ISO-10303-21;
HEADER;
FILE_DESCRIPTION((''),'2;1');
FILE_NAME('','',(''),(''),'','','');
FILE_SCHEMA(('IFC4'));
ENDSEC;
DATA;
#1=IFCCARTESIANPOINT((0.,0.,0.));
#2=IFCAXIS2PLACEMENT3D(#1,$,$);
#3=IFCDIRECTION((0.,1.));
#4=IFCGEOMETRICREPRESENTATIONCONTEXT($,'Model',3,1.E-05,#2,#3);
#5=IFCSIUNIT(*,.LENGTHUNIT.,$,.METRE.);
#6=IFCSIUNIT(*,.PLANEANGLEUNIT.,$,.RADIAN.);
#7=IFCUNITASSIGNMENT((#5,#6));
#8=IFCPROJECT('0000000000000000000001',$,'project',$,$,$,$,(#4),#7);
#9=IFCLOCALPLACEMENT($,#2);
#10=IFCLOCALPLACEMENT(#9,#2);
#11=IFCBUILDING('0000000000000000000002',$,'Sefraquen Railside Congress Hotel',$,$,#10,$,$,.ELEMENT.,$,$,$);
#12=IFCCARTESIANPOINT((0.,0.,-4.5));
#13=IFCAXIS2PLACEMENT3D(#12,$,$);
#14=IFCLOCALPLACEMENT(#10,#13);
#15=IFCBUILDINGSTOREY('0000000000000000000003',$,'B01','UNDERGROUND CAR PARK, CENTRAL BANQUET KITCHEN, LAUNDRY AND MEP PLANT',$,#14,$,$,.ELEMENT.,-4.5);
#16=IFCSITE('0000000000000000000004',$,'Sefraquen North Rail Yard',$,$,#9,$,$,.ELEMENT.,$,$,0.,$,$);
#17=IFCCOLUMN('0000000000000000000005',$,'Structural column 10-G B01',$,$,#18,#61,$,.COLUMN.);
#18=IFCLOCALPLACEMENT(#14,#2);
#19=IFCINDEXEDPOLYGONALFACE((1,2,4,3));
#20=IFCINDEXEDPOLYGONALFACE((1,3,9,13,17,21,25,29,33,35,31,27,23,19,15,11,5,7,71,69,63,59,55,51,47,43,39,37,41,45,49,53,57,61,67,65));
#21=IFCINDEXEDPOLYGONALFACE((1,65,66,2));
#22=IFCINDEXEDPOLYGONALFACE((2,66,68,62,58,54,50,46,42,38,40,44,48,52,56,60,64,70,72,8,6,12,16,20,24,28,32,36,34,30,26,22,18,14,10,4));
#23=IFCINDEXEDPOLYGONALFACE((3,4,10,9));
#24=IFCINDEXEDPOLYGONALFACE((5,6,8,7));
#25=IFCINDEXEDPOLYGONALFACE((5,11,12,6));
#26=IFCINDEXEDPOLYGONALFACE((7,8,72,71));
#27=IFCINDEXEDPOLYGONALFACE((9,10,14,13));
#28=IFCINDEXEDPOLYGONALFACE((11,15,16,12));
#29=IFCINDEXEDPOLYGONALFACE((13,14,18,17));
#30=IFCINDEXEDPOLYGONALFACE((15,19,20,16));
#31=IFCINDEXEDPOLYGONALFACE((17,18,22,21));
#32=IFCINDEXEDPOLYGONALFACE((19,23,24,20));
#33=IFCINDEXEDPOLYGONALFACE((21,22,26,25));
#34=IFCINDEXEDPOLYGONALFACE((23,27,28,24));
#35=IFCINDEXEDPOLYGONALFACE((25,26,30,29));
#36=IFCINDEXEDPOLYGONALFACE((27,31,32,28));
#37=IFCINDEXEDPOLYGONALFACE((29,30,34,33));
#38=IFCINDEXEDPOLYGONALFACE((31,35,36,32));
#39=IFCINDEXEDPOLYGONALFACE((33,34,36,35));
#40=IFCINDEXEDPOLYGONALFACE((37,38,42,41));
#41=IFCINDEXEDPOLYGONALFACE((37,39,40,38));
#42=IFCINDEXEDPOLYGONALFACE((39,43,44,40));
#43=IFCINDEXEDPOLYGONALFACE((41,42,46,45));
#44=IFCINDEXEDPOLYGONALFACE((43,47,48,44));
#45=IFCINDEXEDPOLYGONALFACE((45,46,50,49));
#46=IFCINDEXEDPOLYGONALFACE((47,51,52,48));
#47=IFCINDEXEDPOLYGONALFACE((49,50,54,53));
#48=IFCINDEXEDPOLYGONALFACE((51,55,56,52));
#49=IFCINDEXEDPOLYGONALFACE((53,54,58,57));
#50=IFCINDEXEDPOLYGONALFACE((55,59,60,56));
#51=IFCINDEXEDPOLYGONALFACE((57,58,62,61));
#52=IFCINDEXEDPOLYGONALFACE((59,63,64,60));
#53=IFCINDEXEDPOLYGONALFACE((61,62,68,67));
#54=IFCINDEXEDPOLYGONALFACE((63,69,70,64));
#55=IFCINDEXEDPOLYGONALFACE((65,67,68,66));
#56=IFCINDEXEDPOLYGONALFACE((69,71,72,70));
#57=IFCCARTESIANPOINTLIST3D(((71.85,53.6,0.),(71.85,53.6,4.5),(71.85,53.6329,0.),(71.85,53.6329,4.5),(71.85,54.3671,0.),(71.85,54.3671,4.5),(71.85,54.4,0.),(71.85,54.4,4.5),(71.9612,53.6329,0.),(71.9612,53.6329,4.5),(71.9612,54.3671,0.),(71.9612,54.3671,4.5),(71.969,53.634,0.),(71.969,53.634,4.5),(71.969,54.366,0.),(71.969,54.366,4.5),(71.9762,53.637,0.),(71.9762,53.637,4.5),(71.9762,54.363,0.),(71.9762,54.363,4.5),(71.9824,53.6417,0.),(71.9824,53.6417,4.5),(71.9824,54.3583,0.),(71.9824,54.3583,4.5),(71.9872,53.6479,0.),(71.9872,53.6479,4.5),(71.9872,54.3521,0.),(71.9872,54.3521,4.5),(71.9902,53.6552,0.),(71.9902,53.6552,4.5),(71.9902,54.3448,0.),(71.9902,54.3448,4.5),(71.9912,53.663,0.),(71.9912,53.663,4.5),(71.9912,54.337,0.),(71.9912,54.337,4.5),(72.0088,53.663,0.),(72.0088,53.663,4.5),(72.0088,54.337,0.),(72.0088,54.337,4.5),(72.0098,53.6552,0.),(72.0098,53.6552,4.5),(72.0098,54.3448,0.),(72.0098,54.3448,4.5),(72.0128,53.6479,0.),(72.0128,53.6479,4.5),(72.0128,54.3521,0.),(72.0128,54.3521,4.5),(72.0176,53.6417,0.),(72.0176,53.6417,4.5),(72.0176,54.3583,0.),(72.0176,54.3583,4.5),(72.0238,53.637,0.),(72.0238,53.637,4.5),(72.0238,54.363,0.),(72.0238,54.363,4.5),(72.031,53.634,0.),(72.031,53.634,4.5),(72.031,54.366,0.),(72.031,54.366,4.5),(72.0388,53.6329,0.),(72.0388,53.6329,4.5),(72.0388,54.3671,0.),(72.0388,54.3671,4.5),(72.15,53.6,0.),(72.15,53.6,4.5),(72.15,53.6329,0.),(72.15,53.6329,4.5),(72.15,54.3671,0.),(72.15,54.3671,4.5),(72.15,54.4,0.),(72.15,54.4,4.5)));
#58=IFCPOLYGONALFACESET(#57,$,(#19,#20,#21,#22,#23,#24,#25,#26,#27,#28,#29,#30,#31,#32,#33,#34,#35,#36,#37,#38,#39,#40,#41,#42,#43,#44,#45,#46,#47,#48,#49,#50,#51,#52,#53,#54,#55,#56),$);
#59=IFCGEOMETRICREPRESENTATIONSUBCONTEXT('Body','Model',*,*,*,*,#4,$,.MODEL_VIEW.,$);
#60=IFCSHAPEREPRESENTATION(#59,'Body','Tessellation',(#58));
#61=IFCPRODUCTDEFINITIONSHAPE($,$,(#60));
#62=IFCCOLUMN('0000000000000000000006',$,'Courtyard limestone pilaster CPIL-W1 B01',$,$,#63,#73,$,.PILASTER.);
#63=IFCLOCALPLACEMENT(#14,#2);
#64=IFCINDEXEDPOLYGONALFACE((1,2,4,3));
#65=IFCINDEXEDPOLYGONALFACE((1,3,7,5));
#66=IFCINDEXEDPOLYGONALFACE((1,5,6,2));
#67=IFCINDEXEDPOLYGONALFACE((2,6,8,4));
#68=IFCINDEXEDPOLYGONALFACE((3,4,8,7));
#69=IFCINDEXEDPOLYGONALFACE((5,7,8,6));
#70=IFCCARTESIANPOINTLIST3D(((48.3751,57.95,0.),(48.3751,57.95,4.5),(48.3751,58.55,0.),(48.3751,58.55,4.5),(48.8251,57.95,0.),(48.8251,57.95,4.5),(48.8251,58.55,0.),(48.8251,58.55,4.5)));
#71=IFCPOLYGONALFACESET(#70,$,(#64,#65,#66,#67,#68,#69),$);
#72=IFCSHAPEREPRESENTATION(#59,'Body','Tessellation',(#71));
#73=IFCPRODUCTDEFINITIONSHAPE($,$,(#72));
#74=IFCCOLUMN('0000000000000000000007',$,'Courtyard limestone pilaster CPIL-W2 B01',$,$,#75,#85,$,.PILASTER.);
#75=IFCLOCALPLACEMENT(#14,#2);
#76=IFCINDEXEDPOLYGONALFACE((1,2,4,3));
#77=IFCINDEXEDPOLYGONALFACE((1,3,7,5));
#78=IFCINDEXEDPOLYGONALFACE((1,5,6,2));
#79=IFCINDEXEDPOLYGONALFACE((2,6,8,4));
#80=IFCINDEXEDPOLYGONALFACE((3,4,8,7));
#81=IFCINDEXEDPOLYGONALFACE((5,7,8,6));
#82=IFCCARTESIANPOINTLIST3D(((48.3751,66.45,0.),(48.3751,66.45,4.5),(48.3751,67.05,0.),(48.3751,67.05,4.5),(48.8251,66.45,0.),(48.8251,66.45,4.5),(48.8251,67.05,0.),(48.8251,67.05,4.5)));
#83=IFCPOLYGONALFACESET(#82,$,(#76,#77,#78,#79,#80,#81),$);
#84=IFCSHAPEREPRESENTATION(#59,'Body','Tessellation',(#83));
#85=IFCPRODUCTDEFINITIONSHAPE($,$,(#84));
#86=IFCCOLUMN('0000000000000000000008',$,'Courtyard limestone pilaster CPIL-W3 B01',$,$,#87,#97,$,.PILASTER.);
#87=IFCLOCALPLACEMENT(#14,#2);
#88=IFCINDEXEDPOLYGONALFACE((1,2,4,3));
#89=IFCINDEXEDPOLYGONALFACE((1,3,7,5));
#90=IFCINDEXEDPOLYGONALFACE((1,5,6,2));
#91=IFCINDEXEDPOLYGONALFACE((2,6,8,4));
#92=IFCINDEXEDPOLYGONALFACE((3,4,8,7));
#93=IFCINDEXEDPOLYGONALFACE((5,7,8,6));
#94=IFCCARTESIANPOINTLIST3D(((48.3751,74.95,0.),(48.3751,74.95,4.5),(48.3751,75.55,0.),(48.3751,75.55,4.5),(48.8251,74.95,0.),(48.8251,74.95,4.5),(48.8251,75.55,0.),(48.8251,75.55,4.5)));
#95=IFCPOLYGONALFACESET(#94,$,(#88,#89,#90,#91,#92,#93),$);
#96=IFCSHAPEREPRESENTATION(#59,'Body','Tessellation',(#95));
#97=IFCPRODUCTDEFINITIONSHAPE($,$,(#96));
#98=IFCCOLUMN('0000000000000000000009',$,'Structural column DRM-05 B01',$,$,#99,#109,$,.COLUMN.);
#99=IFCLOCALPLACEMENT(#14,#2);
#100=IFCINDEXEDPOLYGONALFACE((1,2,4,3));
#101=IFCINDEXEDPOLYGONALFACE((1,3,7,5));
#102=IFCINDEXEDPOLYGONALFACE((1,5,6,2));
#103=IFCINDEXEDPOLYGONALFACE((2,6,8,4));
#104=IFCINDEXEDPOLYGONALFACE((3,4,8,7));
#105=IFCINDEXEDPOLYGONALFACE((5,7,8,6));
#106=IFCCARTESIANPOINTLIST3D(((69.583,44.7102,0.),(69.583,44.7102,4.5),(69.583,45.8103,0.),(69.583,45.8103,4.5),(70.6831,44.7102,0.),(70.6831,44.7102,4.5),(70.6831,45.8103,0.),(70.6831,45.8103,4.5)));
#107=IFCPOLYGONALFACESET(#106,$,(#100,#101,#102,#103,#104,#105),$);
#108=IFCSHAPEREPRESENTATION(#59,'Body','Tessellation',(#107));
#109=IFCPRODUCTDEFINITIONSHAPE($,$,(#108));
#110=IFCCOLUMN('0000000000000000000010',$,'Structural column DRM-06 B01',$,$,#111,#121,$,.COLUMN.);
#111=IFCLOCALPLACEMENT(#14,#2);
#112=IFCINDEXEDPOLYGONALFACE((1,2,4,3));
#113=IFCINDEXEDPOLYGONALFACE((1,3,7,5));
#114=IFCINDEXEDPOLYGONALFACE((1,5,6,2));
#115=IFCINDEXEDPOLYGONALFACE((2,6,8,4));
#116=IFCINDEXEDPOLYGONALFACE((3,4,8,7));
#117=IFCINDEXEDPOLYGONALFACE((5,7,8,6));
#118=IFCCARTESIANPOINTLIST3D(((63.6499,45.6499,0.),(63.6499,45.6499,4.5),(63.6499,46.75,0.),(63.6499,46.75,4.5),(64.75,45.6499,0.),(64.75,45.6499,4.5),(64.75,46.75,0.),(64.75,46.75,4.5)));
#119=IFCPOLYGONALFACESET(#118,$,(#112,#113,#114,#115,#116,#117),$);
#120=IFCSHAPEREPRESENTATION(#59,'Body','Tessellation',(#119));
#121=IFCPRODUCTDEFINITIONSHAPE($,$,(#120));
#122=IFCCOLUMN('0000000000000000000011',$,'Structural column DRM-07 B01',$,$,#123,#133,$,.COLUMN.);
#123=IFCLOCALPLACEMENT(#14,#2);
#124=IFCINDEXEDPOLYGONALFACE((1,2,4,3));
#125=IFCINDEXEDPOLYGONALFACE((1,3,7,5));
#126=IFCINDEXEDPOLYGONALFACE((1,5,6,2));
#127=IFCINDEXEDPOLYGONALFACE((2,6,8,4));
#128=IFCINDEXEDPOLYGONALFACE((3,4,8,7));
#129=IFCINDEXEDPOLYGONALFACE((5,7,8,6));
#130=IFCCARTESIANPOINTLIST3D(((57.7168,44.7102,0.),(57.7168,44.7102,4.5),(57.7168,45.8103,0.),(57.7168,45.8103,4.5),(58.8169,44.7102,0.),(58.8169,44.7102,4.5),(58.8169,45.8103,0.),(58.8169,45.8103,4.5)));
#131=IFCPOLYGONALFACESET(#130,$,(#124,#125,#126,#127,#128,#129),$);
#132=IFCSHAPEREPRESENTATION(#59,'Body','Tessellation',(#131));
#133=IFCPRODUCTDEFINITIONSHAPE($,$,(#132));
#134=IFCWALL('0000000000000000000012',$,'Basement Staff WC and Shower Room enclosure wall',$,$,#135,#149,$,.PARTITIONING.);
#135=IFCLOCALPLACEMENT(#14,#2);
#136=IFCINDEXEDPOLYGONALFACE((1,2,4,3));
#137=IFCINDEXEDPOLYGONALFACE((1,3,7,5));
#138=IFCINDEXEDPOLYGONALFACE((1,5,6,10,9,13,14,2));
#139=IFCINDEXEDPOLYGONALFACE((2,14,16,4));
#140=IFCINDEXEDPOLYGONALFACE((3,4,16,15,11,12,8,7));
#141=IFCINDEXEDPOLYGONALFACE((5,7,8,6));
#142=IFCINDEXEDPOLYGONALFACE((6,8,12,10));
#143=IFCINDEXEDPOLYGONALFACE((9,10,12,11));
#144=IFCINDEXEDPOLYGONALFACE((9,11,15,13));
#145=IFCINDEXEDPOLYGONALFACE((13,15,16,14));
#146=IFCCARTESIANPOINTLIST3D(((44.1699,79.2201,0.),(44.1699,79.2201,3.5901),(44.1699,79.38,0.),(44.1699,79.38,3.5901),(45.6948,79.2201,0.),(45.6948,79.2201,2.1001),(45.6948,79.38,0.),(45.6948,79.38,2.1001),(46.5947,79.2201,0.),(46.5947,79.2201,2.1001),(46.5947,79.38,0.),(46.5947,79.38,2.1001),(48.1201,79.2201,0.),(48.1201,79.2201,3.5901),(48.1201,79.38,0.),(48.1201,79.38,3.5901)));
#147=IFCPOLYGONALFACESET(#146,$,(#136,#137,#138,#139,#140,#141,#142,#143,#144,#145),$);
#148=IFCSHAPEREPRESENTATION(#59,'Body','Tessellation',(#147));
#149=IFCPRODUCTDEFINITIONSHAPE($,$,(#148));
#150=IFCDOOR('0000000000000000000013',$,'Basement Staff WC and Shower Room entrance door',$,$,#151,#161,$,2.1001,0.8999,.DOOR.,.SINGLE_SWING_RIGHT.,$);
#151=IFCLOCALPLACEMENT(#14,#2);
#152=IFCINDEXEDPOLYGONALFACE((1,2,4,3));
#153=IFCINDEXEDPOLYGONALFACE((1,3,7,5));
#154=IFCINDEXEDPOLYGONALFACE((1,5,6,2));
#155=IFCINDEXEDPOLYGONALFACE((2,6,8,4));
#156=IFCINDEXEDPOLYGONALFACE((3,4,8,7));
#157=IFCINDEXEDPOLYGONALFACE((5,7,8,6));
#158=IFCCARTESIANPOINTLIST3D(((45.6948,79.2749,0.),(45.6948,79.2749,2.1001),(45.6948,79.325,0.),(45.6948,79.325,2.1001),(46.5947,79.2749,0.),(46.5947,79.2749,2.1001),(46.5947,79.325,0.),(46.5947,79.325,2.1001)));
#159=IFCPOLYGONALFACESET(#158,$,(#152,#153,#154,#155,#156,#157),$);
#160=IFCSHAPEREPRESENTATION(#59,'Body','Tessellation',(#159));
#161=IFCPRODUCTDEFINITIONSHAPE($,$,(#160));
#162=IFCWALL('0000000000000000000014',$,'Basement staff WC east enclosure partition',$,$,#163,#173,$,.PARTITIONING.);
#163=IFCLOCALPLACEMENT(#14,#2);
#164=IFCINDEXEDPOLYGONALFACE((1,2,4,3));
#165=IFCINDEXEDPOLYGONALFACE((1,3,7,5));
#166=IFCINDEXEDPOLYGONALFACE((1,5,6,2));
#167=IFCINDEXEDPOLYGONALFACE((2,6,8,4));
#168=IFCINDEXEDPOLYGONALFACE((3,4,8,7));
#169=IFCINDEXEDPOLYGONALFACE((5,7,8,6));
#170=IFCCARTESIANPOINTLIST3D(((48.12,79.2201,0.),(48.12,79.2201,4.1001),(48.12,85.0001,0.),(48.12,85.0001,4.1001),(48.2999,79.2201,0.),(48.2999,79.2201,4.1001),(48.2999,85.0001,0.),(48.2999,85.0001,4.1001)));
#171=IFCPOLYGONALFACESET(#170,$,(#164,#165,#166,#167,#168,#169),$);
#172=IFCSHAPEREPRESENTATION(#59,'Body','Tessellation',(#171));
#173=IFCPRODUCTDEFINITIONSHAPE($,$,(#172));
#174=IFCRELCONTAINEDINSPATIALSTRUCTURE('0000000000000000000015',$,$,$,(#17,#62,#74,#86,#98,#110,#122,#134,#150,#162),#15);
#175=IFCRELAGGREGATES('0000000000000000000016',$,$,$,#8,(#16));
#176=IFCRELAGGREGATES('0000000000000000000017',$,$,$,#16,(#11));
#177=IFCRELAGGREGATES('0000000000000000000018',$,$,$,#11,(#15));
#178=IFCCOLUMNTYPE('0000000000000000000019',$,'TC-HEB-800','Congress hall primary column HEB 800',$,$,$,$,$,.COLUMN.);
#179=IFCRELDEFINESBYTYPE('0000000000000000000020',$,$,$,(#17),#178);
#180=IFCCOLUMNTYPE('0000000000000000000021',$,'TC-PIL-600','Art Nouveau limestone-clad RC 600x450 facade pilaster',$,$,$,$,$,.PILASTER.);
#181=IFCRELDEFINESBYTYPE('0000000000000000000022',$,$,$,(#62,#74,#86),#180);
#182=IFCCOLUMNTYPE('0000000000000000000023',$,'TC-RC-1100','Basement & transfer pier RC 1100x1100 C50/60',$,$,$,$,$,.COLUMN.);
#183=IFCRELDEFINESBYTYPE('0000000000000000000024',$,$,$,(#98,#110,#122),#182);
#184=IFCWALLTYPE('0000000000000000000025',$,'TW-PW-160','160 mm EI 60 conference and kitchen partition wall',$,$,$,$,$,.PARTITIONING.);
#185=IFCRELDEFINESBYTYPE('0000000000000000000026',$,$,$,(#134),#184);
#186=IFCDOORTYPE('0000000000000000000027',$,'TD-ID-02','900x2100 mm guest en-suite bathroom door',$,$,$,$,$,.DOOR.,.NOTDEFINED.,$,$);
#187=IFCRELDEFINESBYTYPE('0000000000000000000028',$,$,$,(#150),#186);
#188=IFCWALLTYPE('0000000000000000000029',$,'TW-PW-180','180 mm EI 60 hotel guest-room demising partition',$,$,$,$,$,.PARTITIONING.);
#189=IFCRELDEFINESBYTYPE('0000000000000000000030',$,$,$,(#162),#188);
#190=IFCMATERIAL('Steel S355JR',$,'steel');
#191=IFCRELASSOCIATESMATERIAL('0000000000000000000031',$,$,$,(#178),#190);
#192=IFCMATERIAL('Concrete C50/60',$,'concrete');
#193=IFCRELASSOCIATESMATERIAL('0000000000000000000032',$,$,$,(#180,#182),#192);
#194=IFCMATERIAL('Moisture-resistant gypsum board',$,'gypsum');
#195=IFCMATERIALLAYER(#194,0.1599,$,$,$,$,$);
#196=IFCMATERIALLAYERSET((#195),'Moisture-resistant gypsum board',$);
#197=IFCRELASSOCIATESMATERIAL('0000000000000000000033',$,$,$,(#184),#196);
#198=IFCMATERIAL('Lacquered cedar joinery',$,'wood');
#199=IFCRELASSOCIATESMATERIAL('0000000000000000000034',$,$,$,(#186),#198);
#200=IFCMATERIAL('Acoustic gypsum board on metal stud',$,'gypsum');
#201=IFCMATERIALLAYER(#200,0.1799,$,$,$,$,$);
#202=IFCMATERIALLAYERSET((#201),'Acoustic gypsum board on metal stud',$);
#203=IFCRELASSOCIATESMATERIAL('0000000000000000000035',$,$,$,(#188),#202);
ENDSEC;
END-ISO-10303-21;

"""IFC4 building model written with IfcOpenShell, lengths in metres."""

from ifc_helpers import new_model, si_unit, direction, frame, frame_2d, origin, origin_2d, place, context, subcontext, project, spatial, rectangle, i_section, extrude, material, layer, layer_set, material_profile, profile_set, type_object, element, fill, save


model = new_model("IFC4")

# Units and contexts
model_context = context("Model", 3, precision=1e-05, world=origin(), true_north=direction((0.0, 1.0)))
body_context = subcontext(model_context, "Body", "Model", "MODEL_VIEW")
ifc_project = project(units=[si_unit("LENGTHUNIT", "METRE"), si_unit("PLANEANGLEUNIT", "RADIAN")], contexts=[model_context])

# Site, building, storey
site_placement = place(None, origin())
site = spatial("IfcSite", under=ifc_project, at=site_placement, Name="Sefraquen North Rail Yard", CompositionType="ELEMENT", RefElevation=0.0)
building_placement = place(site_placement, origin())
building = spatial("IfcBuilding", under=site, at=building_placement, Name="Sefraquen Railside Congress Hotel", CompositionType="ELEMENT")
storey_placement = place(building_placement, frame((0.0, 0.0, -4.5)))
storey = spatial("IfcBuildingStorey", under=building, at=storey_placement, Name="B01", Description="UNDERGROUND CAR PARK, CENTRAL BANQUET KITCHEN, LAUNDRY AND MEP PLANT", CompositionType="ELEMENT", Elevation=-4.5)

# Columns
ifc_material_1 = material(Name="Steel S355JR", Category="steel")
ifc_material_profile_1 = material_profile(ifc_material_1, i_section(OverallWidth=0.3, OverallDepth=0.8, WebThickness=0.0176, FlangeThickness=0.033, FilletRadius=0.03, at=origin_2d()), Name="HEB 800")
ifc_profile_set_1 = profile_set([ifc_material_profile_1], Name="Steel S355JR")
column_type_1 = type_object("IfcColumnType", Name="TC-HEB-800", Description="Congress hall primary column HEB 800", PredefinedType="COLUMN", material=ifc_profile_set_1)
for number, where, z_axis, x_axis, name in (
    (1, (72.0, 54.0, 0.0), (0.0, 0.0, 1.0), (1.0, 0.0, 0.0), "Structural column 10-G B01"),
):
    element("IfcColumn", number, at=place(storey_placement, frame(where, z_axis=z_axis, x_axis=x_axis)), inside=storey, type_object=column_type_1, Name=name, PredefinedType="COLUMN", context=body_context, shape_type="SweptSolid", body=[
        extrude(i_section(OverallWidth=0.3, OverallDepth=0.8, WebThickness=0.0176, FlangeThickness=0.033, FilletRadius=0.03, at=origin_2d()), origin(), (0.0, 0.0, 1.0), 4.5),
    ])
ifc_material_2 = material(Name="Concrete C50/60", Category="concrete")
ifc_material_profile_2 = material_profile(ifc_material_2, rectangle(XDim=0.45, YDim=0.6001, at=origin_2d()), Name="RC 600x450")
ifc_profile_set_2 = profile_set([ifc_material_profile_2], Name="Concrete C50/60")
column_type_2 = type_object("IfcColumnType", Name="TC-PIL-600", Description="Art Nouveau limestone-clad RC 600x450 facade pilaster", PredefinedType="PILASTER", material=ifc_profile_set_2)
for number, where, z_axis, x_axis, name in (
    (2, (48.6001, 58.25, 0.0), (0.0, 0.0, 1.0), (1.0, 0.0, 0.0), "Courtyard limestone pilaster CPIL-W1 B01"),
    (3, (48.6001, 66.75, 0.0), (0.0, 0.0, 1.0), (1.0, 0.0, 0.0), "Courtyard limestone pilaster CPIL-W2 B01"),
    (4, (48.6001, 75.25, 0.0), (0.0, 0.0, 1.0), (1.0, 0.0, 0.0), "Courtyard limestone pilaster CPIL-W3 B01"),
):
    element("IfcColumn", number, at=place(storey_placement, frame(where, z_axis=z_axis, x_axis=x_axis)), inside=storey, type_object=column_type_2, Name=name, PredefinedType="PILASTER", context=body_context, shape_type="SweptSolid", body=[
        extrude(rectangle(XDim=0.45, YDim=0.6001, at=origin_2d()), origin(), (0.0, 0.0, 1.0), 4.5),
    ])
ifc_material_profile_3 = material_profile(ifc_material_2, rectangle(XDim=1.1001, YDim=1.1001, at=origin_2d()), Name="RC 1100x1100")
ifc_profile_set_3 = profile_set([ifc_material_profile_3], Name="Concrete C50/60")
column_type_3 = type_object("IfcColumnType", Name="TC-RC-1100", Description="Basement & transfer pier RC 1100x1100 C50/60", PredefinedType="COLUMN", material=ifc_profile_set_3)
for number, where, z_axis, x_axis, name in (
    (5, (70.1331, 45.2603, 0.0), (0.0, 0.0, 1.0), (1.0, 0.0, 0.0), "Structural column DRM-05 B01"),
    (6, (64.2, 46.2, 0.0), (0.0, 0.0, 1.0), (1.0, 0.0, 0.0), "Structural column DRM-06 B01"),
    (7, (58.2668, 45.2603, 0.0), (0.0, 0.0, 1.0), (1.0, 0.0, 0.0), "Structural column DRM-07 B01"),
):
    element("IfcColumn", number, at=place(storey_placement, frame(where, z_axis=z_axis, x_axis=x_axis)), inside=storey, type_object=column_type_3, Name=name, PredefinedType="COLUMN", context=body_context, shape_type="SweptSolid", body=[
        extrude(rectangle(XDim=1.1001, YDim=1.1001, at=origin_2d()), origin(), (0.0, 0.0, 1.0), 4.5),
    ])

# Wall, opening, door
ifc_material_3 = material(Name="Moisture-resistant gypsum board", Category="gypsum")
ifc_layer_1 = layer(ifc_material_3, 0.1599)
ifc_layer_set_1 = layer_set([ifc_layer_1], Name="Moisture-resistant gypsum board")
wall_type_1 = type_object("IfcWallType", Name="TW-PW-160", Description="160 mm EI 60 conference and kitchen partition wall", PredefinedType="PARTITIONING", material=ifc_layer_set_1)
wall_1_placement = place(storey_placement, frame((44.1699, 79.3, 0.0), z_axis=(0.0, 0.0, 1.0), x_axis=(1.0, 0.0, 0.0)))
wall_1 = element("IfcWall", 8, at=wall_1_placement, inside=storey, type_object=wall_type_1, Name="Basement Staff WC and Shower Room enclosure wall", PredefinedType="PARTITIONING", context=body_context, shape_type="SweptSolid", body=[
    extrude(rectangle(XDim=3.9502, YDim=0.1599, at=frame_2d((1.9751, 0.0))), origin(), (0.0, 0.0, 1.0), 3.5901),
])
opening_placement = place(wall_1_placement, frame((1.5249, 0.0, 0.0)))
opening = element("IfcOpeningElement", 9, at=opening_placement, cuts=wall_1, PredefinedType="OPENING", context=body_context, shape_type="SweptSolid", body=[
    extrude(rectangle(XDim=0.8999, YDim=2.1001, at=frame_2d((0.45, 1.05))), frame((0.0, 0.0898, 0.0), z_axis=(0.0, -1.0, 0.0), x_axis=(1.0, 0.0, 0.0)), (0.0, 0.0, 1.0), 0.1799),
])
ifc_material_4 = material(Name="Lacquered cedar joinery", Category="wood")
door_type = type_object("IfcDoorType", Name="TD-ID-02", Description="900x2100 mm guest en-suite bathroom door", OperationType="NOTDEFINED", PredefinedType="DOOR", material=ifc_material_4)
door_placement = place(opening_placement, origin())
door = element("IfcDoor", 10, at=door_placement, inside=storey, type_object=door_type, Name="Basement Staff WC and Shower Room entrance door", OperationType="SINGLE_SWING_RIGHT", OverallHeight=2.1001, OverallWidth=0.8999, PredefinedType="DOOR", context=body_context, shape_type="SweptSolid", body=[
    extrude(rectangle(XDim=0.8999, YDim=2.1001, at=frame_2d((0.45, 1.05))), frame((0.0, 0.0249, 0.0), z_axis=(0.0, -1.0, 0.0), x_axis=(1.0, 0.0, 0.0)), (0.0, 0.0, 1.0), 0.05),
])
fill(opening, door)

# Wall
ifc_material_5 = material(Name="Acoustic gypsum board on metal stud", Category="gypsum")
ifc_layer_2 = layer(ifc_material_5, 0.1799)
ifc_layer_set_2 = layer_set([ifc_layer_2], Name="Acoustic gypsum board on metal stud")
wall_type_2 = type_object("IfcWallType", Name="TW-PW-180", Description="180 mm EI 60 hotel guest-room demising partition", PredefinedType="PARTITIONING", material=ifc_layer_set_2)
wall_2_placement = place(storey_placement, frame((48.21, 79.22, 0.0), z_axis=(0.0, 0.0, 1.0), x_axis=(0.0, 1.0, 0.0)))
element("IfcWall", 11, at=wall_2_placement, inside=storey, type_object=wall_type_2, Name="Basement staff WC east enclosure partition", PredefinedType="PARTITIONING", context=body_context, shape_type="SweptSolid", body=[
    extrude(rectangle(XDim=5.78, YDim=0.1799, at=frame_2d((2.8901, 0.0))), origin(), (0.0, 0.0, 1.0), 4.1001),
])

save(model, "model.ifc")
